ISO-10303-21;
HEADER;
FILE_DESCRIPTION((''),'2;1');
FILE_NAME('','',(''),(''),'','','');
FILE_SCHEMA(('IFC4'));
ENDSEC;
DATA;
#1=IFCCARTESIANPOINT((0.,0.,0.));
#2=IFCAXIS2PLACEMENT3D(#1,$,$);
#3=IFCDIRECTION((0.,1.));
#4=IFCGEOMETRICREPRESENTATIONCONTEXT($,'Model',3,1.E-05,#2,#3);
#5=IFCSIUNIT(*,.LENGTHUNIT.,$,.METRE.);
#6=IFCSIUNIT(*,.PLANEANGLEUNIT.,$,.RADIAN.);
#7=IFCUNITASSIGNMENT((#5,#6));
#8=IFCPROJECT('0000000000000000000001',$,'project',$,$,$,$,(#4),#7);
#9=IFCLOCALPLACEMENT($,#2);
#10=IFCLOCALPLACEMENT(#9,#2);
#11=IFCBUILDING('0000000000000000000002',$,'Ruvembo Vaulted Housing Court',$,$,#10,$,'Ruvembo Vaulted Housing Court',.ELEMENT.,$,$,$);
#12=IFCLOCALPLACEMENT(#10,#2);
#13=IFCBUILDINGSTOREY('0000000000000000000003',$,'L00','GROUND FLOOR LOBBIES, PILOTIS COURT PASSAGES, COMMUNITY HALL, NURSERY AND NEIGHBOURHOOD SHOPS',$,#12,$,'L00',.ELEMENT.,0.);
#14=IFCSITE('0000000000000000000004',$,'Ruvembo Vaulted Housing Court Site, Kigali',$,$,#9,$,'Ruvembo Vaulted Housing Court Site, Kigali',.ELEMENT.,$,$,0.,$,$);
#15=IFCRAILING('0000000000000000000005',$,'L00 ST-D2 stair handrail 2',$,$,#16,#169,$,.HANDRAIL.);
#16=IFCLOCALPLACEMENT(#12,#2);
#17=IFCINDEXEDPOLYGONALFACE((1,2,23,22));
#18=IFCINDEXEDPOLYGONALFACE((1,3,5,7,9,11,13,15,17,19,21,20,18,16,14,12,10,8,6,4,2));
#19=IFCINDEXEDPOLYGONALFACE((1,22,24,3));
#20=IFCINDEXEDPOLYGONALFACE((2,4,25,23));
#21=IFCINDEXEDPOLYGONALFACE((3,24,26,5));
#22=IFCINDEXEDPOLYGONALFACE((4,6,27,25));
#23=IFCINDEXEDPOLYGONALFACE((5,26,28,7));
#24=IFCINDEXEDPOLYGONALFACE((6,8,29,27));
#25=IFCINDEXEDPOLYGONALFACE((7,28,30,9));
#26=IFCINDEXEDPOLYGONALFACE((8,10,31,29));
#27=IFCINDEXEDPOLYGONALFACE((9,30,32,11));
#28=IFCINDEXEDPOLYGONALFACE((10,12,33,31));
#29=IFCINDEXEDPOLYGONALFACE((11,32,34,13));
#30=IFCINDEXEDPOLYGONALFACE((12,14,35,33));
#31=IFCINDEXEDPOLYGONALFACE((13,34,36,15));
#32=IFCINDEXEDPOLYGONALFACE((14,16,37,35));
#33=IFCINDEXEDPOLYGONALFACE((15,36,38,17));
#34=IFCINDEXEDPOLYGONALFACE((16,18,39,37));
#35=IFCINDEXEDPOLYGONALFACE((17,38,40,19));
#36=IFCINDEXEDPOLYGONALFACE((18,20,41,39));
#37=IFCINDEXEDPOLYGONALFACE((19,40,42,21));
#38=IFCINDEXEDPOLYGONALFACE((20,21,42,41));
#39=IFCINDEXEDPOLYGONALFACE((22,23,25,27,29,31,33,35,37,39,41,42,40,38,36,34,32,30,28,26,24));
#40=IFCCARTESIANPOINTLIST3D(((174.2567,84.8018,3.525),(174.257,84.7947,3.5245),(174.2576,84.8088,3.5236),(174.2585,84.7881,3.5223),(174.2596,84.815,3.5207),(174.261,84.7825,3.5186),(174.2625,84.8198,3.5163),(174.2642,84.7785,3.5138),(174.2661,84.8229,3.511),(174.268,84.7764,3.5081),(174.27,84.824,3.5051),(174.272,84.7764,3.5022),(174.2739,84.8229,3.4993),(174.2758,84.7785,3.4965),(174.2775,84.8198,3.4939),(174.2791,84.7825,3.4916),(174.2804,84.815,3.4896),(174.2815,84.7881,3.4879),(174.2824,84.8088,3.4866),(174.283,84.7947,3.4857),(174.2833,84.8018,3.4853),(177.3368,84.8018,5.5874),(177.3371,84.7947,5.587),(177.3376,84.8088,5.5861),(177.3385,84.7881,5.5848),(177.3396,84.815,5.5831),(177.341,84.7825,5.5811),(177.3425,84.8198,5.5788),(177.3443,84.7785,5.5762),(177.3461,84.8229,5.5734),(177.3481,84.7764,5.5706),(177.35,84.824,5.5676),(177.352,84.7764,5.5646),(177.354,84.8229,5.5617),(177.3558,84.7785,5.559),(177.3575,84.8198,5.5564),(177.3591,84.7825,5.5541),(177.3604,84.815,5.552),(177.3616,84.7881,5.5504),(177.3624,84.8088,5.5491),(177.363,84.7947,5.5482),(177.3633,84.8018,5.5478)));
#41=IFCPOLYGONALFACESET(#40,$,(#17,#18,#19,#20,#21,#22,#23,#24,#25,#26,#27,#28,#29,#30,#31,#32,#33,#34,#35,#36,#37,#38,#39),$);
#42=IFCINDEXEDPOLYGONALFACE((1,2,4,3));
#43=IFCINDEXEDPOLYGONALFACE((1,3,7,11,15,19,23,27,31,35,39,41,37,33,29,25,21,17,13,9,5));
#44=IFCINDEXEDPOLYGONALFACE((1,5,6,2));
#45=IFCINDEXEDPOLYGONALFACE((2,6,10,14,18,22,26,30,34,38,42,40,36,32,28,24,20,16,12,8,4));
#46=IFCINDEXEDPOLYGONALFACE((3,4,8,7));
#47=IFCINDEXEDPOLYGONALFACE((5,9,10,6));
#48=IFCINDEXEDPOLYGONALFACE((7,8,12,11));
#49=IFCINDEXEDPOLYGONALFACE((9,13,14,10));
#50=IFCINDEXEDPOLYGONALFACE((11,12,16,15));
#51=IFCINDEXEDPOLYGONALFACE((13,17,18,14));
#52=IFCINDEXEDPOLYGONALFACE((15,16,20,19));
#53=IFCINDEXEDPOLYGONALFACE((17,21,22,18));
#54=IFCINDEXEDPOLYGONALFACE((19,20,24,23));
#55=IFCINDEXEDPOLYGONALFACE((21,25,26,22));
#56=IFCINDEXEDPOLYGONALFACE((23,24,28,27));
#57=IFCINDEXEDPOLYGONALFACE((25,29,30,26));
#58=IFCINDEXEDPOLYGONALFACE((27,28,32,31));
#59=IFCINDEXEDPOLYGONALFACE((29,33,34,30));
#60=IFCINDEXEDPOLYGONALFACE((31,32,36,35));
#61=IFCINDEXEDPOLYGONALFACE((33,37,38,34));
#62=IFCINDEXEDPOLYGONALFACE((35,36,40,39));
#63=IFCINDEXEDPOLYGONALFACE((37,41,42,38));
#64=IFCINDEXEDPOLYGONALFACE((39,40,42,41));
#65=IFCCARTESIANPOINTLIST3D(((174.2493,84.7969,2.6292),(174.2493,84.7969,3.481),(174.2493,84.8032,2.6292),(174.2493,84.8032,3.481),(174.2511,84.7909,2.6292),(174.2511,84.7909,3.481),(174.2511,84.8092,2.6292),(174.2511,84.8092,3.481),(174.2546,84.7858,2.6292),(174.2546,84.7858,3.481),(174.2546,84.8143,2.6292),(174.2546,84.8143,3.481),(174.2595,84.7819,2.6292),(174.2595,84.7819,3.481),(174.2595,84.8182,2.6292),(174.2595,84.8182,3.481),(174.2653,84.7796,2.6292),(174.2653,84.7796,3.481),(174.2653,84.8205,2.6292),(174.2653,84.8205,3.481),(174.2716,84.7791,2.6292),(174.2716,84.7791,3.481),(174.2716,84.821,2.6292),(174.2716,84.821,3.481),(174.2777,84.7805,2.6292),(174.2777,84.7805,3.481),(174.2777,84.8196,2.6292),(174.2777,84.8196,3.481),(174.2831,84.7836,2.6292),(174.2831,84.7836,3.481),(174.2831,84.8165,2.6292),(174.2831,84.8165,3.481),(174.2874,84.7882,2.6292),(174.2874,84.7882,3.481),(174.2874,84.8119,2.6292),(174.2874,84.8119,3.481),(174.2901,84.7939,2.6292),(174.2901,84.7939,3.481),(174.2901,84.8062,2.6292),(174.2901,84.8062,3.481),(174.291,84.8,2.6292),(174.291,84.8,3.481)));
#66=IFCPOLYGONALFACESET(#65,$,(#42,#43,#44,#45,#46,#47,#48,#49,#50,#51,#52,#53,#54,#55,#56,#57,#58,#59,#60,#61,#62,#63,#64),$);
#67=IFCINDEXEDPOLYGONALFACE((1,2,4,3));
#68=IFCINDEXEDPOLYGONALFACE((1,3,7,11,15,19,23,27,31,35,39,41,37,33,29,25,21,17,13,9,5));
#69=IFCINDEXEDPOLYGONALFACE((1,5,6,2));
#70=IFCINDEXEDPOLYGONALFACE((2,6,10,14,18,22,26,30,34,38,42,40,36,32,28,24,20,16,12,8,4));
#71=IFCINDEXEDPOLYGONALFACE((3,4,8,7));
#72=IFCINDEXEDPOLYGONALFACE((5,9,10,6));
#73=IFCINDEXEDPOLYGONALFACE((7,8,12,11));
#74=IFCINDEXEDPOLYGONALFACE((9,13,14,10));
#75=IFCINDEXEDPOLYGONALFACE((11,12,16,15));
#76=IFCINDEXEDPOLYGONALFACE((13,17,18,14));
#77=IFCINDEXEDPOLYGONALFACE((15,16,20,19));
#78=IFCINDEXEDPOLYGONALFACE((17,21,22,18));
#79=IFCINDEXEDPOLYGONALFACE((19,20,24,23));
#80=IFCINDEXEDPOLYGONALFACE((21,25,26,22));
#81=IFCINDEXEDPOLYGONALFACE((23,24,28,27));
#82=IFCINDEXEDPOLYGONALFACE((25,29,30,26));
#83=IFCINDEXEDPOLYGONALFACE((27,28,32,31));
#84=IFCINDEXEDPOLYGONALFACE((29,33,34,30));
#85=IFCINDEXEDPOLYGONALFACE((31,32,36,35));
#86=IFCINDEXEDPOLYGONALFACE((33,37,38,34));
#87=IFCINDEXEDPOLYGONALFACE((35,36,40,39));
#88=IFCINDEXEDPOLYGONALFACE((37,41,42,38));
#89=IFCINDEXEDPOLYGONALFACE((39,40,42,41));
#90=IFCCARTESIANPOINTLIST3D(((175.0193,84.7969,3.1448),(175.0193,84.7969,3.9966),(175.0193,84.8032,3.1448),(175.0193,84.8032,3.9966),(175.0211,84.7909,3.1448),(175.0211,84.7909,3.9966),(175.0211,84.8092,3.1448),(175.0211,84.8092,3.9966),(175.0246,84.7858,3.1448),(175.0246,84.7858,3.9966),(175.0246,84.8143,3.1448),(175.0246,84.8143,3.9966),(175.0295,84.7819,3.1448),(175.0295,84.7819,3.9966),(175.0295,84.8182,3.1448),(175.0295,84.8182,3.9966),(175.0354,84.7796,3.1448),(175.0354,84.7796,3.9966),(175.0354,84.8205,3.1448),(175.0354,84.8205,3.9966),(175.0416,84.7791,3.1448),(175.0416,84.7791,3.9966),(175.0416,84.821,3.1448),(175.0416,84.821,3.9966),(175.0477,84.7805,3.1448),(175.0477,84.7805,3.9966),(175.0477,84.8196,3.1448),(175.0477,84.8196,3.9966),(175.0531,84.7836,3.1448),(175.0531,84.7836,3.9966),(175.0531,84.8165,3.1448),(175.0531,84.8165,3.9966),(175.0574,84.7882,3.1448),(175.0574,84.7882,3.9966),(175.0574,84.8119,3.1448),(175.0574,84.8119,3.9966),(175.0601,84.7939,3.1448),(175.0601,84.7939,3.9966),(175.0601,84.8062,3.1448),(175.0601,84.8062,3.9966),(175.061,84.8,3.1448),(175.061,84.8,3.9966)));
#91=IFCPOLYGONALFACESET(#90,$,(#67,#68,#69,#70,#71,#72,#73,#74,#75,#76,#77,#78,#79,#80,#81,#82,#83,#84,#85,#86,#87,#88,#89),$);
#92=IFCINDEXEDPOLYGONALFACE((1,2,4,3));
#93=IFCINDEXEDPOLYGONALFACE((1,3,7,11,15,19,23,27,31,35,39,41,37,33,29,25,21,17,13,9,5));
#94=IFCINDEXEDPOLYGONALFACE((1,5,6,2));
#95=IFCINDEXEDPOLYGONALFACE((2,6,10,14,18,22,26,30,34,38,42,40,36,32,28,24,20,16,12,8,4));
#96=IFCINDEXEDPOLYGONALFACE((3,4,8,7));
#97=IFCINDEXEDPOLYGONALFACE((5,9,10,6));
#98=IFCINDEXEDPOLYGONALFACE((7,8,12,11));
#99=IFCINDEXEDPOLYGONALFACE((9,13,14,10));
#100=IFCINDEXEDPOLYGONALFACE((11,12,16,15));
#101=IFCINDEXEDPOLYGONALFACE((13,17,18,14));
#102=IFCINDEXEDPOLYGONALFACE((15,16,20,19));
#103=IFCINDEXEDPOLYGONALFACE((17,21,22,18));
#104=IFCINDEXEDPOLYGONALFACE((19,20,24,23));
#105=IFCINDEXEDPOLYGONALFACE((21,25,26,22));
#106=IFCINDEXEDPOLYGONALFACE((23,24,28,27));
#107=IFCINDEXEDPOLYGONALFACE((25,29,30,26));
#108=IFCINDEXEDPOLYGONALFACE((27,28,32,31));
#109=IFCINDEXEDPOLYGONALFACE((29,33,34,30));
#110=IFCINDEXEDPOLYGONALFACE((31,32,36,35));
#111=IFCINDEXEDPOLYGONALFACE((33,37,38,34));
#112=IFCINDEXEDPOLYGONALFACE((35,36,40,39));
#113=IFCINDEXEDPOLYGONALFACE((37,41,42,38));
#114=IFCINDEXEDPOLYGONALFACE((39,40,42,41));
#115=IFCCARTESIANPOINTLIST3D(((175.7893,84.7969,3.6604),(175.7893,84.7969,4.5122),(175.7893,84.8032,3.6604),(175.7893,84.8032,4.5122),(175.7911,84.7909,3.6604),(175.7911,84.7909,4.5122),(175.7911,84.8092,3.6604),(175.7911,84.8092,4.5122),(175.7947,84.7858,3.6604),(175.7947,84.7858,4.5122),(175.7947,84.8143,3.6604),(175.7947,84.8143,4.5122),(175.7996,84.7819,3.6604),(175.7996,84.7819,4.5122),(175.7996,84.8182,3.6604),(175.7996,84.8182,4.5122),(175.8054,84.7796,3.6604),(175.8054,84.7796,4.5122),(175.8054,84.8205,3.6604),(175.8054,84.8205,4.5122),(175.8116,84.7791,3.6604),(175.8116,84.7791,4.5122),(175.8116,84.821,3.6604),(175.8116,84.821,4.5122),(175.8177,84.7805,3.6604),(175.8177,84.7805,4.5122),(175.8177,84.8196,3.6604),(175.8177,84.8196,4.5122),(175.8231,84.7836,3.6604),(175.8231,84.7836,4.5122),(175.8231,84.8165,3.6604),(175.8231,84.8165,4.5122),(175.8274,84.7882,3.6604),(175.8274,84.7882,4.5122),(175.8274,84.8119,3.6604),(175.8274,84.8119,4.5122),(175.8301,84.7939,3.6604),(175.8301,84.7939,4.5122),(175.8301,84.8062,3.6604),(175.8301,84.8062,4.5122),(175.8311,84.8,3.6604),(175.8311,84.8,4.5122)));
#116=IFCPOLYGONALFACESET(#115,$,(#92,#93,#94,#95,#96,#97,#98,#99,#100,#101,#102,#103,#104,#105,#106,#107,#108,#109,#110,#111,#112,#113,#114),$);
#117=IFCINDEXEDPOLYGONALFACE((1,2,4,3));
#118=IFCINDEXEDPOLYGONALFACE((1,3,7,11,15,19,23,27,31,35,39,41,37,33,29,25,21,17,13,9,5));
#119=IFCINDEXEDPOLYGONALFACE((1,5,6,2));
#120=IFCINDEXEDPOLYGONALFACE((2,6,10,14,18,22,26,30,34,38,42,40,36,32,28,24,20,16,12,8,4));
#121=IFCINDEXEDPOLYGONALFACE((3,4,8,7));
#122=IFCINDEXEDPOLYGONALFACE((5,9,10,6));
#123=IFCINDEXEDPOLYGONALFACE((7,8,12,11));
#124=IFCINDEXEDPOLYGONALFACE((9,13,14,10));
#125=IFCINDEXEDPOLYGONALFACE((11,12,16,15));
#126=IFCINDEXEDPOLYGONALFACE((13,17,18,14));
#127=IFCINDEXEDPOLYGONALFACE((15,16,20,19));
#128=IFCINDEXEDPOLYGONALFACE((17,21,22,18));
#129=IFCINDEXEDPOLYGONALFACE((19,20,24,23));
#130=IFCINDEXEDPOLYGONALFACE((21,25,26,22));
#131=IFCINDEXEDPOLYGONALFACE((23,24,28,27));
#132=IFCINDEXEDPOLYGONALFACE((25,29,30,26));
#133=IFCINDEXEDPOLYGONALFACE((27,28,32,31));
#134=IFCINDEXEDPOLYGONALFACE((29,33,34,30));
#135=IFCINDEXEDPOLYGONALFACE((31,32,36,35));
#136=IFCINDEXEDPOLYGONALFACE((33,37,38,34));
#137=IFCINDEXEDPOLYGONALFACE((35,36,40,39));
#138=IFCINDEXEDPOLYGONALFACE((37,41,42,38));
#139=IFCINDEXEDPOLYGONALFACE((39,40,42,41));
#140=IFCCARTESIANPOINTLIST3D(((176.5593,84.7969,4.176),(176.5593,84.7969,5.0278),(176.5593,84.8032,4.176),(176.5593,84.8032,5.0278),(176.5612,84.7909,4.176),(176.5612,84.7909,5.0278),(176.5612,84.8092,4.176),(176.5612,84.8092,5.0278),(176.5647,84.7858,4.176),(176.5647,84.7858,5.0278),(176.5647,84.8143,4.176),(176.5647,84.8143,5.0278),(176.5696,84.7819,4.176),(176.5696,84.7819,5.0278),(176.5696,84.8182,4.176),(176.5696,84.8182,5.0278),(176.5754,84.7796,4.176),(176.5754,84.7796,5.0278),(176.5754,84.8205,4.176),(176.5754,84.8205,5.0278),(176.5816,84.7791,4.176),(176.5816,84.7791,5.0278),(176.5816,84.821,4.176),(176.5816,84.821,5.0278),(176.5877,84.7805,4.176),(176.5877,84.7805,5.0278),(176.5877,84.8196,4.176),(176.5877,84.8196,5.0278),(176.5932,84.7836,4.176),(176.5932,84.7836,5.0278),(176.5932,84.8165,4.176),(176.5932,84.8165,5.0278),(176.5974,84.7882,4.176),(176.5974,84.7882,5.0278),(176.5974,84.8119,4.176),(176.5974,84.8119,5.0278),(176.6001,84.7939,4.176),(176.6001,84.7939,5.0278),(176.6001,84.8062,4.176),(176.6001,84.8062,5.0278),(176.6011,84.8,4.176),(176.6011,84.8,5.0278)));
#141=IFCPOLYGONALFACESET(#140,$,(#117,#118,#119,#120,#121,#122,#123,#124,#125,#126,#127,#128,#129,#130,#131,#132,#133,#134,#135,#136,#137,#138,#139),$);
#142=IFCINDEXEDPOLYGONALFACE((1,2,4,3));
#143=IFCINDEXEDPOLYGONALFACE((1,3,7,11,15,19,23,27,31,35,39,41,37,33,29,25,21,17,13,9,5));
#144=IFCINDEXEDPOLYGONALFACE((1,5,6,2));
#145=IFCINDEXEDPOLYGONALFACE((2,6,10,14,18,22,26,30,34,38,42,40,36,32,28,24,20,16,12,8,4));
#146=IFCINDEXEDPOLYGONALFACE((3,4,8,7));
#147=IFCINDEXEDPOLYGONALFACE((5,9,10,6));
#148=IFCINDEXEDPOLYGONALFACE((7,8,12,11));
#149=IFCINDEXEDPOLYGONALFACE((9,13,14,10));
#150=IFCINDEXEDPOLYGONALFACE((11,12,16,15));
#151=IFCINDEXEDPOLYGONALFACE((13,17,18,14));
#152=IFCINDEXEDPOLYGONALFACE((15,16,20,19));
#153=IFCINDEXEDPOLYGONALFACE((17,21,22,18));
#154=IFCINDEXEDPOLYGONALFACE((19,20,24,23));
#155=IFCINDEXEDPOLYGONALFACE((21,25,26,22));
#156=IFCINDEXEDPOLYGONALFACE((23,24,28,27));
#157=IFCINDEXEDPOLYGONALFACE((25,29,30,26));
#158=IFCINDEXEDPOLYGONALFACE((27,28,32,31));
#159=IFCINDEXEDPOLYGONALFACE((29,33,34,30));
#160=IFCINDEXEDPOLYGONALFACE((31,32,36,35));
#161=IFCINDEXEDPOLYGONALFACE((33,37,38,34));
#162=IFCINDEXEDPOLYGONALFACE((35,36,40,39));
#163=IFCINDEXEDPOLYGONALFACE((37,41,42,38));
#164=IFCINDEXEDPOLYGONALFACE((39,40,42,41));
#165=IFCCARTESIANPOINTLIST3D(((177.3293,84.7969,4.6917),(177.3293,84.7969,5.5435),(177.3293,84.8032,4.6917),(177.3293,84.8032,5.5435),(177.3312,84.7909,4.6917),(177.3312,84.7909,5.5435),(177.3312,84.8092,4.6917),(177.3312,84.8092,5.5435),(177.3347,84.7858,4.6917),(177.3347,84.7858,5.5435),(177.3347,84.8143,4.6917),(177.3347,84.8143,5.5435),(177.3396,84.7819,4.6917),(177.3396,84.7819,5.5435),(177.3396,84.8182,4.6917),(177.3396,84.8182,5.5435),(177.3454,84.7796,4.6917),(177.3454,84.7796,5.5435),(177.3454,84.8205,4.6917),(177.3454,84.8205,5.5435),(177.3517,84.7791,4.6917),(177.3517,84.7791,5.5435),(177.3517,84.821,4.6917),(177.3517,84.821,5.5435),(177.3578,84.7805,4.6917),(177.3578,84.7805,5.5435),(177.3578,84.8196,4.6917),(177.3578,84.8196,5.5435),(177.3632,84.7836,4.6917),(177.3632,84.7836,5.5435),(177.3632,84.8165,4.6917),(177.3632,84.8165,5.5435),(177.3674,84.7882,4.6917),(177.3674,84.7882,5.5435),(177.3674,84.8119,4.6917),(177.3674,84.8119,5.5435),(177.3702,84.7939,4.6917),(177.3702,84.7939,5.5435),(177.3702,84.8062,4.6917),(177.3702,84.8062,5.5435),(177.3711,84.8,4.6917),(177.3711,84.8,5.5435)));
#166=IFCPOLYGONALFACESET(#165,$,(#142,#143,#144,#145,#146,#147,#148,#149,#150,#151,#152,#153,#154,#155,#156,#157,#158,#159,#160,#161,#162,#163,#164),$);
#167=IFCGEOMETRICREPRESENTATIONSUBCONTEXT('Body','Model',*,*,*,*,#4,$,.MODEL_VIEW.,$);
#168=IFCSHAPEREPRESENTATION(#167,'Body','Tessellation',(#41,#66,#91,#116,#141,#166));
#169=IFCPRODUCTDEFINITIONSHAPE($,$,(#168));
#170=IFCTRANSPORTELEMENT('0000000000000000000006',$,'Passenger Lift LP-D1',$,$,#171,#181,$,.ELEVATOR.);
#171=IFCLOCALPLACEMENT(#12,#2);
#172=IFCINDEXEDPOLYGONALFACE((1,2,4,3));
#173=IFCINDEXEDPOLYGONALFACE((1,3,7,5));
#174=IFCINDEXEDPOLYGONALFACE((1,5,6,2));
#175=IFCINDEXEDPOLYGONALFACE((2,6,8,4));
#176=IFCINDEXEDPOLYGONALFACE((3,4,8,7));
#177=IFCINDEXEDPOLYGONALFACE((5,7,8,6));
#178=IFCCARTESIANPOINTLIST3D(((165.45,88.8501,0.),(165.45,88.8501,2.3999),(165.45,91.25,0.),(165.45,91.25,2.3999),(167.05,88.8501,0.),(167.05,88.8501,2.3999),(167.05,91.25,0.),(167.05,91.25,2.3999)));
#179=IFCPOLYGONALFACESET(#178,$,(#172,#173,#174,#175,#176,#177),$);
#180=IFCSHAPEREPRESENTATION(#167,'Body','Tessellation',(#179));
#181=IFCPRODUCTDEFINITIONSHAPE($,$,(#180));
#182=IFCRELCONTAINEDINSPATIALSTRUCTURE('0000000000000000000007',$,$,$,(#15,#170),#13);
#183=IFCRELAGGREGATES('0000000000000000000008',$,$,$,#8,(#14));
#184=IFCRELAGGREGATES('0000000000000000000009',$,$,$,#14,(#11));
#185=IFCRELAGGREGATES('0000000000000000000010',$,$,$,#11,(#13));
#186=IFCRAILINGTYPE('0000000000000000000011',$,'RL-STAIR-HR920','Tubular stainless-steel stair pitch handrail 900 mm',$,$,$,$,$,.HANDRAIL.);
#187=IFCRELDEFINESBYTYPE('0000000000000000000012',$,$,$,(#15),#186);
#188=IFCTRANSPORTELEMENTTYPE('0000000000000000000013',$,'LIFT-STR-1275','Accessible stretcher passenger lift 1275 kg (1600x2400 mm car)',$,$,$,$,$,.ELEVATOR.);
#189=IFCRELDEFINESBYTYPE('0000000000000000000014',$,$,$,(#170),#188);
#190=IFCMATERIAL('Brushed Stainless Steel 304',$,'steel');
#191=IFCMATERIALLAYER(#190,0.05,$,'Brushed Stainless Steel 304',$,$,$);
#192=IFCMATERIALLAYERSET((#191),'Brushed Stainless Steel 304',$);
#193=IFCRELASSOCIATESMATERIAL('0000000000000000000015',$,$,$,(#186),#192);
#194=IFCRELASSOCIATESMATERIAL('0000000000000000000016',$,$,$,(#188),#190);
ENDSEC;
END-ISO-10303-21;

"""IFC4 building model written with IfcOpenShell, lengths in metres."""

from ifc_helpers import new_model, si_unit, direction, frame, origin, origin_2d, place, context, subcontext, project, spatial, rectangle, circle, extrude, material, layer, layer_set, type_object, element, save


model = new_model("IFC4")

# Units and contexts
model_context = context("Model", 3, precision=1e-05, world=origin(), true_north=direction((0.0, 1.0)))
body_context = subcontext(model_context, "Body", "Model", "MODEL_VIEW")
ifc_project = project(units=[si_unit("LENGTHUNIT", "METRE"), si_unit("PLANEANGLEUNIT", "RADIAN")], contexts=[model_context])

# Site, building, storey
site_placement = place(None, origin())
site = spatial("IfcSite", under=ifc_project, at=site_placement, Name="Ruvembo Vaulted Housing Court Site, Kigali", LongName="Ruvembo Vaulted Housing Court Site, Kigali", CompositionType="ELEMENT", RefElevation=0.0)
building_placement = place(site_placement, origin())
building = spatial("IfcBuilding", under=site, at=building_placement, Name="Ruvembo Vaulted Housing Court", LongName="Ruvembo Vaulted Housing Court", CompositionType="ELEMENT")
storey_placement = place(building_placement, origin())
storey = spatial("IfcBuildingStorey", under=building, at=storey_placement, Name="L00", Description="GROUND FLOOR LOBBIES, PILOTIS COURT PASSAGES, COMMUNITY HALL, NURSERY AND NEIGHBOURHOOD SHOPS", LongName="L00", CompositionType="ELEMENT", Elevation=0.0)

# Railing
ifc_material_1 = material(Name="Brushed Stainless Steel 304", Category="steel")
ifc_layer_1 = layer(ifc_material_1, 0.05, Name="Brushed Stainless Steel 304")
ifc_layer_set_1 = layer_set([ifc_layer_1], Name="Brushed Stainless Steel 304")
railing_type_1 = type_object("IfcRailingType", Name="RL-STAIR-HR920", Description="Tubular stainless-steel stair pitch handrail 900 mm", PredefinedType="HANDRAIL", material=ifc_layer_set_1)
railing_1_placement = place(storey_placement, frame((174.27, 84.8, 2.6292)))
element("IfcRailing", 1, at=railing_1_placement, inside=storey, type_object=railing_type_1, Name="L00 ST-D2 stair handrail 2", PredefinedType="HANDRAIL", context=body_context, shape_type="SweptSolid", body=[
    extrude(circle(Radius=0.0239, at=origin_2d()), frame((0.0, 0.0, 0.876), z_axis=(0.830914, 0.0, 0.556401), x_axis=(0.0, 1.0, 0.0)), (0.0, 0.0, 1.0), 3.7068),
    extrude(circle(Radius=0.021, at=origin_2d()), origin(), (0.0, 0.0, 1.0), 0.8518),
    extrude(circle(Radius=0.021, at=origin_2d()), frame((0.77, 0.0, 0.5156)), (0.0, 0.0, 1.0), 0.8518),
    extrude(circle(Radius=0.021, at=origin_2d()), frame((1.54, 0.0, 1.0312)), (0.0, 0.0, 1.0), 0.8518),
    extrude(circle(Radius=0.021, at=origin_2d()), frame((2.3101, 0.0, 1.5469)), (0.0, 0.0, 1.0), 0.8518),
    extrude(circle(Radius=0.021, at=origin_2d()), frame((3.0801, 0.0, 2.0625)), (0.0, 0.0, 1.0), 0.8518),
])

# Transport element
transport_element_type = type_object("IfcTransportElementType", Name="LIFT-STR-1275", Description="Accessible stretcher passenger lift 1275 kg (1600x2400 mm car)", PredefinedType="ELEVATOR", material=ifc_material_1)
transport_element_placement = place(storey_placement, frame((166.25, 90.05, 0.0), z_axis=(0.0, 0.0, 1.0), x_axis=(1.0, 0.0, 0.0)))
element("IfcTransportElement", 2, at=transport_element_placement, inside=storey, type_object=transport_element_type, Name="Passenger Lift LP-D1", PredefinedType="ELEVATOR", context=body_context, shape_type="SweptSolid", body=[
    extrude(rectangle(XDim=1.6001, YDim=2.3999, at=origin_2d()), origin(), (0.0, 0.0, 1.0), 2.3999),
])

save(model, "model.ifc")
